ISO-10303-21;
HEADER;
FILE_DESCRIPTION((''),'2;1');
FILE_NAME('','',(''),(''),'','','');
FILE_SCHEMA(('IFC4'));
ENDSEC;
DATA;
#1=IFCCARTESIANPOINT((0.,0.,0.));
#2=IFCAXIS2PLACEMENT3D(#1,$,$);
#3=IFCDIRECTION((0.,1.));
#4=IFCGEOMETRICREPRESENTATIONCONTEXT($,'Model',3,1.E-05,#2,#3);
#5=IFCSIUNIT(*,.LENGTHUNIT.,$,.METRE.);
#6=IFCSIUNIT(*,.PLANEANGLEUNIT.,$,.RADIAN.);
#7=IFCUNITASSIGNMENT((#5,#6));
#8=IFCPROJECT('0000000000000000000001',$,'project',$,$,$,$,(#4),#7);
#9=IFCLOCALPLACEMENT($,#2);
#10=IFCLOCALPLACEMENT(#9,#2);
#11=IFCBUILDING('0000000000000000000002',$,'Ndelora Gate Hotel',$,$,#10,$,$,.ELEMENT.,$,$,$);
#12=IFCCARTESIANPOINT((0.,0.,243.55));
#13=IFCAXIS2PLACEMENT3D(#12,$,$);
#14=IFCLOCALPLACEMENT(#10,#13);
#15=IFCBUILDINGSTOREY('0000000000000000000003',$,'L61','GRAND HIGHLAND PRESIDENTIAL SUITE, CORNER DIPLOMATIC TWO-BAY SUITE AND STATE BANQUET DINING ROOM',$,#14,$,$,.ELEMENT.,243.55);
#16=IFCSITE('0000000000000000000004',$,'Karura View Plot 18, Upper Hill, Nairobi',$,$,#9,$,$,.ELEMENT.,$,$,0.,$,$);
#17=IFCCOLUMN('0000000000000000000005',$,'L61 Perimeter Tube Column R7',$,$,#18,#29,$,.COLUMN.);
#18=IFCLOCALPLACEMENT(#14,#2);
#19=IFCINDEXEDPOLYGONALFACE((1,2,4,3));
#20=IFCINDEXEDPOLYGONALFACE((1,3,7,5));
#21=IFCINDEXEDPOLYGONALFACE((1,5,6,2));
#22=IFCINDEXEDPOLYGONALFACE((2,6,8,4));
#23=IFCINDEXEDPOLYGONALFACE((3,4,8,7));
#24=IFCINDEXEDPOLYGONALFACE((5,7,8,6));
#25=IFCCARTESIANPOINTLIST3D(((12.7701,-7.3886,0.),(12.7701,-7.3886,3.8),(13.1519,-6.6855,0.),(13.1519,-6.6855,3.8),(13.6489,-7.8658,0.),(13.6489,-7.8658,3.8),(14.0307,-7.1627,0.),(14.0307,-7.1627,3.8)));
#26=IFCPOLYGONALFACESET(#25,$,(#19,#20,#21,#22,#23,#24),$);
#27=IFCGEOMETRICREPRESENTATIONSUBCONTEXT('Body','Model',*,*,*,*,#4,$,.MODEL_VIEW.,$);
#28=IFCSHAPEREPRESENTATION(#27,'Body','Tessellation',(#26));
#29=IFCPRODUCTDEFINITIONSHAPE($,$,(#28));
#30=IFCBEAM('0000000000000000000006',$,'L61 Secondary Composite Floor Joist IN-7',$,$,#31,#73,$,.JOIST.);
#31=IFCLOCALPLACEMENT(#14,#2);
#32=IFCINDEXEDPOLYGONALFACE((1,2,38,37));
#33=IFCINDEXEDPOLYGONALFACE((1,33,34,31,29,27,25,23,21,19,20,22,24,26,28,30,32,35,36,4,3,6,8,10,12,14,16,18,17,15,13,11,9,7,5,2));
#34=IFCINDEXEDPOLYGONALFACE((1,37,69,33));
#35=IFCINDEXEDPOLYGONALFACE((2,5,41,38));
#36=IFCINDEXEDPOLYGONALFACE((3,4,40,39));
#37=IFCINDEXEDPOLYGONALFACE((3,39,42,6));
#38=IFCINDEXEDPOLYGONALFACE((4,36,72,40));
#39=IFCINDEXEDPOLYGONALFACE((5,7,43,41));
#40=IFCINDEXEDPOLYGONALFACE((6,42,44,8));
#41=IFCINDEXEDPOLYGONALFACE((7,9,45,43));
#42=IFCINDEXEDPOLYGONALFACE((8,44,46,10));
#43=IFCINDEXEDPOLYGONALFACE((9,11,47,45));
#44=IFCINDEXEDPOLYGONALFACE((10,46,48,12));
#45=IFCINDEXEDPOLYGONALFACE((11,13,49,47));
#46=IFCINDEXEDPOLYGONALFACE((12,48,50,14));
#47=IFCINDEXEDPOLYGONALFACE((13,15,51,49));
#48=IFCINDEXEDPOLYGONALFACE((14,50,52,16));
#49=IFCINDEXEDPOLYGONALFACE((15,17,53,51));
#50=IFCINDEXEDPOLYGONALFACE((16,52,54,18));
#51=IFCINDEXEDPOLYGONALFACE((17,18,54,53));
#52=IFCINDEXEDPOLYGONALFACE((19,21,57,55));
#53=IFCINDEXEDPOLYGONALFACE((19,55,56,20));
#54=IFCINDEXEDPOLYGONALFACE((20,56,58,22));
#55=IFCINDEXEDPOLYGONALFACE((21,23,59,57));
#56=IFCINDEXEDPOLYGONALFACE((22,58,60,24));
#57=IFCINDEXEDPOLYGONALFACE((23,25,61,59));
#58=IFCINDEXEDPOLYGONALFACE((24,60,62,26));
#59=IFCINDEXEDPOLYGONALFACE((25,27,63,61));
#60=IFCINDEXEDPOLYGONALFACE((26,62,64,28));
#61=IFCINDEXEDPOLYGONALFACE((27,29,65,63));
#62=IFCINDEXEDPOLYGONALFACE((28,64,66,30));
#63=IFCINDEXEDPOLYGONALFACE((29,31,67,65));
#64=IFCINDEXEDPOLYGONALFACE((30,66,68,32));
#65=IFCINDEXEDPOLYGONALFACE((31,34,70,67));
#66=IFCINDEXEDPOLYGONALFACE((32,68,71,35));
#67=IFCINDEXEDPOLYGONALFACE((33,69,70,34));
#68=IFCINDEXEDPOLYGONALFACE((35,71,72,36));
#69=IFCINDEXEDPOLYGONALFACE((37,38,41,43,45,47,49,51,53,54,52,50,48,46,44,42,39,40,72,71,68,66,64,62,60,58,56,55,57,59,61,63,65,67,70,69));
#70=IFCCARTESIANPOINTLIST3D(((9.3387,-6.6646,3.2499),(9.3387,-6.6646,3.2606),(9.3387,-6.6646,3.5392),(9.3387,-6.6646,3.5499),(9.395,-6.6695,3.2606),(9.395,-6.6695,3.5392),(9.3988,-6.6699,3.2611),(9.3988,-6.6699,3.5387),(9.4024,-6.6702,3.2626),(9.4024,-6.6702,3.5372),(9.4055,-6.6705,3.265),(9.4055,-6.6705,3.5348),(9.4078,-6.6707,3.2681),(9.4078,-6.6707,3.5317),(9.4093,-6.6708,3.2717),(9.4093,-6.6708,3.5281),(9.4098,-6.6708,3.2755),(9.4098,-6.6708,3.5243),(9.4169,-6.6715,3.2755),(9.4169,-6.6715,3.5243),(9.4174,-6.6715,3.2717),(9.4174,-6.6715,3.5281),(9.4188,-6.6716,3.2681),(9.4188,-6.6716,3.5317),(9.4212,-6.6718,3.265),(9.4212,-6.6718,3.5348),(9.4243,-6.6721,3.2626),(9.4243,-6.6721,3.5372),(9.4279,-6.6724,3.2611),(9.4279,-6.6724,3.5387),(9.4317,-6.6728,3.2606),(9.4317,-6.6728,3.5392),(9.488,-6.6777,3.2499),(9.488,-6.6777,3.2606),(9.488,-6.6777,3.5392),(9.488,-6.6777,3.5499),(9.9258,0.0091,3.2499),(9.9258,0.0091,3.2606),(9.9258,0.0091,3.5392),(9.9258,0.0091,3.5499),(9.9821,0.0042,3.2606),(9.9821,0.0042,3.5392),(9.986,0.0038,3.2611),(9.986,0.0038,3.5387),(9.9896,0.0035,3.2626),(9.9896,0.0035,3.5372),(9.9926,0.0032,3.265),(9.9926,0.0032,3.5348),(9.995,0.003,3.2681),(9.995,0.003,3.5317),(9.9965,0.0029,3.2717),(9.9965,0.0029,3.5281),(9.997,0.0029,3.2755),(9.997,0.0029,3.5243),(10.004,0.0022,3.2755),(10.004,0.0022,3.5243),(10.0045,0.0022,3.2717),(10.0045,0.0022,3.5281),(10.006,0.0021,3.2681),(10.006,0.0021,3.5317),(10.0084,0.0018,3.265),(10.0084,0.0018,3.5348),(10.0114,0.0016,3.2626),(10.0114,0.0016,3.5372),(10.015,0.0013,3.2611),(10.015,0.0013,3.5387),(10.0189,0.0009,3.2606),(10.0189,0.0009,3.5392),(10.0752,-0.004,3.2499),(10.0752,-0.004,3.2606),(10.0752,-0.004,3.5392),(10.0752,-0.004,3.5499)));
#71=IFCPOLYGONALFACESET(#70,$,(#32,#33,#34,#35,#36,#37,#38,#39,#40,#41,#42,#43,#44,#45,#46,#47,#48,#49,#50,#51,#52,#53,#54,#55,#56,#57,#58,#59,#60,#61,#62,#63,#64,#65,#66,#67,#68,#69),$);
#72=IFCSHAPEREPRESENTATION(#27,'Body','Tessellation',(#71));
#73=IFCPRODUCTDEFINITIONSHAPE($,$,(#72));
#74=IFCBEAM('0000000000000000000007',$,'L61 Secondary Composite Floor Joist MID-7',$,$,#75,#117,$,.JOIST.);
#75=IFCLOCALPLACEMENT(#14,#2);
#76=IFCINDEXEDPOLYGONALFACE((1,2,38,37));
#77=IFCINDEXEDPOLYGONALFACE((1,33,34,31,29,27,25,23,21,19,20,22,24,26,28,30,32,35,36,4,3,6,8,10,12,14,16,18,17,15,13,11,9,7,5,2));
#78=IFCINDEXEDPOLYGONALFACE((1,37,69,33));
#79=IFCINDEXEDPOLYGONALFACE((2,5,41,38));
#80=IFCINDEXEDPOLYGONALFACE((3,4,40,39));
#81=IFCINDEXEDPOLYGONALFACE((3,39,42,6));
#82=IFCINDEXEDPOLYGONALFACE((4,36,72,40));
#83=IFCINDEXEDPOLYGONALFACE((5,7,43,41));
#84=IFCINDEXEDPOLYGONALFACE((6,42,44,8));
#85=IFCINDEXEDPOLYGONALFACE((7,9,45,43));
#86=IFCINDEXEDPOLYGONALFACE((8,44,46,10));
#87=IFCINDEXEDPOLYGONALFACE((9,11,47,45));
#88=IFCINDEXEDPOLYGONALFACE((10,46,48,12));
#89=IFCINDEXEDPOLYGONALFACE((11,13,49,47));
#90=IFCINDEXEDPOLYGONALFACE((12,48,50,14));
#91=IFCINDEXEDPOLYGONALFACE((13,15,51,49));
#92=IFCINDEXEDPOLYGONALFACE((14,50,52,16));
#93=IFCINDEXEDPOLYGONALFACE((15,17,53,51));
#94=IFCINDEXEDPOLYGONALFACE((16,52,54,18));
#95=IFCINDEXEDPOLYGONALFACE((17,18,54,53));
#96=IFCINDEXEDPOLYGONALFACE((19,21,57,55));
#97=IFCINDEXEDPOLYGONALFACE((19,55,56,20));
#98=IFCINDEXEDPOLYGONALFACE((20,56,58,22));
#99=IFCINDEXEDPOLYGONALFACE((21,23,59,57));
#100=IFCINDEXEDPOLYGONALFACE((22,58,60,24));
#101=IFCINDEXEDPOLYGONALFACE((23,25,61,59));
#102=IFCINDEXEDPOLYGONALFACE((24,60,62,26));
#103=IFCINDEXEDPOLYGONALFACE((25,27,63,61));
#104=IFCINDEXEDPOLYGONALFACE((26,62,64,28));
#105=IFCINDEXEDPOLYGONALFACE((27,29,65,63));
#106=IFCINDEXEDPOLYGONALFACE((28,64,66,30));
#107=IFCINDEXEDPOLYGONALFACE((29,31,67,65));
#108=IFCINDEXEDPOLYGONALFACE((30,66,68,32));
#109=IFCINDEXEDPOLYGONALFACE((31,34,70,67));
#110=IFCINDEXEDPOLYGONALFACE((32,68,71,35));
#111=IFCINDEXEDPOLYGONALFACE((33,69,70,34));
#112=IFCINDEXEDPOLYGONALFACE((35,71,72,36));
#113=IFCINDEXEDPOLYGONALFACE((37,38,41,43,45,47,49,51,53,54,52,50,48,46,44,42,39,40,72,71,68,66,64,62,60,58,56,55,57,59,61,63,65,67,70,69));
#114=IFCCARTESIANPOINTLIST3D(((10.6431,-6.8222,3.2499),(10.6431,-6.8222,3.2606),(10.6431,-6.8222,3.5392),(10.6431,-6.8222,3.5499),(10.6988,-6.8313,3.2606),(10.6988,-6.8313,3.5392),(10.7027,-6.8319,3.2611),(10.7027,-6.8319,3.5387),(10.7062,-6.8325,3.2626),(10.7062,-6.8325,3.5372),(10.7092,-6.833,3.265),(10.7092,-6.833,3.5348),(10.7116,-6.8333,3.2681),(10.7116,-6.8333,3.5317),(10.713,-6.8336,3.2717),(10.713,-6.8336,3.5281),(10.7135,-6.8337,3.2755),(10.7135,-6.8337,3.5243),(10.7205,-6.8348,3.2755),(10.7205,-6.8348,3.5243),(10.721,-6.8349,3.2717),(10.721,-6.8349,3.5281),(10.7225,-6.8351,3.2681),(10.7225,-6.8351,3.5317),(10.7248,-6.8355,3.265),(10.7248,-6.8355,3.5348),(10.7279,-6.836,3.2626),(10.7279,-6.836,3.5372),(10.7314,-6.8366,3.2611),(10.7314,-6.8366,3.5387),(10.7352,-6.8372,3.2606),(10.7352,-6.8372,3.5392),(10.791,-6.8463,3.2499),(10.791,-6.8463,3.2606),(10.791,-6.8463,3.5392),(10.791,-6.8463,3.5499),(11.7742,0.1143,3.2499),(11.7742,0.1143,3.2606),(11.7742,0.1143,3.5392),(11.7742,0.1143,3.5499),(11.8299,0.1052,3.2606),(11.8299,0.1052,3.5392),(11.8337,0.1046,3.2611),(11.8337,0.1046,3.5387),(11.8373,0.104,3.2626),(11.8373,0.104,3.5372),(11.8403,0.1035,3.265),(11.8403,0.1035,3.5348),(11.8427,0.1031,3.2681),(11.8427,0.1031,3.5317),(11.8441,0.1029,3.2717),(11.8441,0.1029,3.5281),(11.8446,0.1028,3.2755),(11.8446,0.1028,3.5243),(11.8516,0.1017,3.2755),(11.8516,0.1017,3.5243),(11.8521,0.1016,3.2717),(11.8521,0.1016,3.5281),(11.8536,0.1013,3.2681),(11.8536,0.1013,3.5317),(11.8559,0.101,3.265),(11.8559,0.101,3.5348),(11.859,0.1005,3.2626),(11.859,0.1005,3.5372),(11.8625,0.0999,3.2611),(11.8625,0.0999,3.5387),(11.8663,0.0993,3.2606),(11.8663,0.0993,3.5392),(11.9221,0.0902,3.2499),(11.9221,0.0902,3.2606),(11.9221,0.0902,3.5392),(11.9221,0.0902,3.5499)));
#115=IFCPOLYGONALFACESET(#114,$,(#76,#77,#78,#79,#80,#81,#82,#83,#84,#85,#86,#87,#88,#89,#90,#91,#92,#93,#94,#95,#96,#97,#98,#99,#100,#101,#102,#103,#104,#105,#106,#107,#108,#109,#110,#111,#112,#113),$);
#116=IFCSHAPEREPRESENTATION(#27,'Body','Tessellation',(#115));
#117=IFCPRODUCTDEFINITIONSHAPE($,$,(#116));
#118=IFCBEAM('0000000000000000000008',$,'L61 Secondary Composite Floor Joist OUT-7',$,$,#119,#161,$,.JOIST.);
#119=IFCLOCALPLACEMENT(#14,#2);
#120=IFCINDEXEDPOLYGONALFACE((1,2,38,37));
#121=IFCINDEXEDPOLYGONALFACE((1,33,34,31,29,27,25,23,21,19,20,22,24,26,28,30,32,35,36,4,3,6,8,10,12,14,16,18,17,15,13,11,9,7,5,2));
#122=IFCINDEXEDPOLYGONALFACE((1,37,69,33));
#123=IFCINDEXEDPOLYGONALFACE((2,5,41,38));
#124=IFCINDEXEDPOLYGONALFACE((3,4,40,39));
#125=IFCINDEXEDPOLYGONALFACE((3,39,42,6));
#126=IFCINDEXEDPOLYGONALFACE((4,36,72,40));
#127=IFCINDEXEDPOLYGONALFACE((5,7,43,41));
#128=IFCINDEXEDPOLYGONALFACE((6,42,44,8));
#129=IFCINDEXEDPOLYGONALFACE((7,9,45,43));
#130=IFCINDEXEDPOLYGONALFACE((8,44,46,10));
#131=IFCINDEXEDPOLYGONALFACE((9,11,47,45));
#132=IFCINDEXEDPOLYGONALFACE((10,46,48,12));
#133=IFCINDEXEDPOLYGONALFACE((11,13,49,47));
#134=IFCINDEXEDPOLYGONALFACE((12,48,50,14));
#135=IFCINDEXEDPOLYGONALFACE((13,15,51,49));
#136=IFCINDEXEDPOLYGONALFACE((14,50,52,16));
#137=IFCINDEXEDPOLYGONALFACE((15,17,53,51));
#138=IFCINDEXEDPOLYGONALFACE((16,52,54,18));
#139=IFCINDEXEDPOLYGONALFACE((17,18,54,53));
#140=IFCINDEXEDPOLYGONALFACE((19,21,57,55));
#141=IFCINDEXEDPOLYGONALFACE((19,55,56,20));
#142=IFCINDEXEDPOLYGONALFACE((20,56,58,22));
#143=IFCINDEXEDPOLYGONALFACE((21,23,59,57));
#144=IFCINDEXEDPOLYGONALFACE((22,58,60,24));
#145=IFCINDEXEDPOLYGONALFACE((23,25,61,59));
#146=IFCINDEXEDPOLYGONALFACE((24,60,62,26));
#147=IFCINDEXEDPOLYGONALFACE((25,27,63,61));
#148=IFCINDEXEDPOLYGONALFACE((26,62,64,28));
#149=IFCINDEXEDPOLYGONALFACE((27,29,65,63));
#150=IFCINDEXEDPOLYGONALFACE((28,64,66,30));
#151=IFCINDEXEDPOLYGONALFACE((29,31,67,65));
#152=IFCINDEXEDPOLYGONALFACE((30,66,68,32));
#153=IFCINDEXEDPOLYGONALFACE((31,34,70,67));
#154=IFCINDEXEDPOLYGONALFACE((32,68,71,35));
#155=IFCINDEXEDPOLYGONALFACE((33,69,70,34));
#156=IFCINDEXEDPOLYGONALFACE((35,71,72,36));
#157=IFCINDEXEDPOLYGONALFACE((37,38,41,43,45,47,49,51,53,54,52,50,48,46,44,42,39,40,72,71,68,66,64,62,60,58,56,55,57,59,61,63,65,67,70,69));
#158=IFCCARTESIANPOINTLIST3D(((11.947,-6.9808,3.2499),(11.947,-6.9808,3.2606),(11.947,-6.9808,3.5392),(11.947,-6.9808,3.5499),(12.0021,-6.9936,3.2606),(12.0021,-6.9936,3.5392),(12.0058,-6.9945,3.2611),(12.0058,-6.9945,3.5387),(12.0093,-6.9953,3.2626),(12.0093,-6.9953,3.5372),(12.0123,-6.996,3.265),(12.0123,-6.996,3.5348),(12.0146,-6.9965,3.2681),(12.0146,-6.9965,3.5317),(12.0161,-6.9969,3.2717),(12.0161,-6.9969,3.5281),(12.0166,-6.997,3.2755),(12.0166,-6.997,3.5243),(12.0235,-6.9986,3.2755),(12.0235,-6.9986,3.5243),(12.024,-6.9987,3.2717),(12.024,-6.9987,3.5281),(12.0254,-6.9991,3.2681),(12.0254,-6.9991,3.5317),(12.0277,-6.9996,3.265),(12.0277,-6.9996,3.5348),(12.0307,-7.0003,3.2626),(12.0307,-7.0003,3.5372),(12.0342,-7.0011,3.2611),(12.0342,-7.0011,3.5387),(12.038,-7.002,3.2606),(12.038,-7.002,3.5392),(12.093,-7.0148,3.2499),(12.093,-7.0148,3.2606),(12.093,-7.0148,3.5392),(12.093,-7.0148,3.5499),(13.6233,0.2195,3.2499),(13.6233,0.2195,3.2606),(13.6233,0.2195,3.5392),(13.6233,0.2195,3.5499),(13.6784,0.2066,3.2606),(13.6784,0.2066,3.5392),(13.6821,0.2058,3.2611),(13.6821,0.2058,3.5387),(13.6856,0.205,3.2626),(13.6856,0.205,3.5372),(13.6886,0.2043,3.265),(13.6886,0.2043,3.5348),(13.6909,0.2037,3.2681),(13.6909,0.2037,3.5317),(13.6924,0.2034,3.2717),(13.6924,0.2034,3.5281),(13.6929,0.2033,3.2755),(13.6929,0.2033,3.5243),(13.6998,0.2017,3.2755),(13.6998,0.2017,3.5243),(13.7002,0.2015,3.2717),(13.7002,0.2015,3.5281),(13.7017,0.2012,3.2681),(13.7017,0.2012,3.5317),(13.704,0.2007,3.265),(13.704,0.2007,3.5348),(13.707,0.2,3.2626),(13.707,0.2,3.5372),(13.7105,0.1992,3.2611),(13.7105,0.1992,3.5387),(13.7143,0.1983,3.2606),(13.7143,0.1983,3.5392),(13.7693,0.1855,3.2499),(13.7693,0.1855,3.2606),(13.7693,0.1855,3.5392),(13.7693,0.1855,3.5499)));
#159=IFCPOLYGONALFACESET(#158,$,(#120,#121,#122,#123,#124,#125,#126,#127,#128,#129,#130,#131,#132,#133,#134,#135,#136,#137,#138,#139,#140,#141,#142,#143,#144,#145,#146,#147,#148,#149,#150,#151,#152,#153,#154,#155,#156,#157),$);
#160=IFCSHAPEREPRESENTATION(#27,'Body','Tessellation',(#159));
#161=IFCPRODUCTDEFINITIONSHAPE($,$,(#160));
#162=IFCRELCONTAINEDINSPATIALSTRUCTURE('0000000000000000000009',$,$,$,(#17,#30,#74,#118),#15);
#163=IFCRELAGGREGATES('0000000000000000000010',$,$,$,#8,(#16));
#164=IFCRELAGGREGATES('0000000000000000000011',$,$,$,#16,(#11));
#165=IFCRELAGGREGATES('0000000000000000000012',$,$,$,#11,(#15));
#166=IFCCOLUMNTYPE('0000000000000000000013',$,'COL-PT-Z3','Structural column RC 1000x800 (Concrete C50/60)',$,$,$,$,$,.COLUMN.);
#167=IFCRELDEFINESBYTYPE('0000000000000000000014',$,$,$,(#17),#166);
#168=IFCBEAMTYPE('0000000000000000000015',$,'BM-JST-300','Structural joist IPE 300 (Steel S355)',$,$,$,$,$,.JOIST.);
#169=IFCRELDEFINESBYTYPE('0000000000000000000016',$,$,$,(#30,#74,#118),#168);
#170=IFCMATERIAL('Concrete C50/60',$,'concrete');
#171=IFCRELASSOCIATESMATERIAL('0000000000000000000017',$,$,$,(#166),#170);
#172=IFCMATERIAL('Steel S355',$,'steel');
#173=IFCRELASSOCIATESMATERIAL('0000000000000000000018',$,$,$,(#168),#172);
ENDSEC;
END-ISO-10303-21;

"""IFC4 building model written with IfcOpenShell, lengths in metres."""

from ifc_helpers import new_model, si_unit, direction, frame, origin, origin_2d, place, context, subcontext, project, spatial, rectangle, i_section, extrude, material, material_profile, profile_set, type_object, element, save


model = new_model("IFC4")

# Units and contexts
model_context = context("Model", 3, precision=1e-05, world=origin(), true_north=direction((0.0, 1.0)))
body_context = subcontext(model_context, "Body", "Model", "MODEL_VIEW")
ifc_project = project(units=[si_unit("LENGTHUNIT", "METRE"), si_unit("PLANEANGLEUNIT", "RADIAN")], contexts=[model_context])

# Site, building, storey
site_placement = place(None, origin())
site = spatial("IfcSite", under=ifc_project, at=site_placement, Name="Karura View Plot 18, Upper Hill, Nairobi", CompositionType="ELEMENT", RefElevation=0.0)
building_placement = place(site_placement, origin())
building = spatial("IfcBuilding", under=site, at=building_placement, Name="Ndelora Gate Hotel", CompositionType="ELEMENT")
storey_placement = place(building_placement, frame((0.0, 0.0, 243.55)))
storey = spatial("IfcBuildingStorey", under=building, at=storey_placement, Name="L61", Description="GRAND HIGHLAND PRESIDENTIAL SUITE, CORNER DIPLOMATIC TWO-BAY SUITE AND STATE BANQUET DINING ROOM", CompositionType="ELEMENT", Elevation=243.55)

# Column
ifc_material_1 = material(Name="Concrete C50/60", Category="concrete")
ifc_material_profile_1 = material_profile(ifc_material_1, rectangle(XDim=0.8, YDim=1.0, at=origin_2d()), Name="RC 1000x800")
ifc_profile_set_1 = profile_set([ifc_material_profile_1], Name="Concrete C50/60")
column_type = type_object("IfcColumnType", Name="COL-PT-Z3", Description="Structural column RC 1000x800 (Concrete C50/60)", PredefinedType="COLUMN", material=ifc_profile_set_1)
column_placement = place(storey_placement, frame((13.4004, -7.2756, 0.0), z_axis=(0.0, 0.0, 1.0), x_axis=(0.477159, 0.878817, 0.0)))
element("IfcColumn", 1, at=column_placement, inside=storey, type_object=column_type, Name="L61 Perimeter Tube Column R7", PredefinedType="COLUMN", context=body_context, shape_type="SweptSolid", body=[
    extrude(rectangle(XDim=0.8, YDim=1.0, at=origin_2d()), origin(), (0.0, 0.0, 1.0), 3.8),
])

# Beams
ifc_material_2 = material(Name="Steel S355", Category="steel")
ifc_material_profile_2 = material_profile(ifc_material_2, i_section(OverallWidth=0.1499, OverallDepth=0.3, WebThickness=0.0071, FlangeThickness=0.0107, FilletRadius=0.0149, at=origin_2d()), Name="IPE 300")
ifc_profile_set_2 = profile_set([ifc_material_profile_2], Name="Steel S355")
beam_type_1 = type_object("IfcBeamType", Name="BM-JST-300", Description="Structural joist IPE 300 (Steel S355)", PredefinedType="JOIST", material=ifc_profile_set_2)
beam_1_placement = place(storey_placement, frame((9.4133, -6.6711, 3.3999), z_axis=(0.087644, 0.996152, 0.0), x_axis=(-0.996152, 0.087644, 0.0)))
element("IfcBeam", 2, at=beam_1_placement, inside=storey, type_object=beam_type_1, Name="L61 Secondary Composite Floor Joist IN-7", PredefinedType="JOIST", context=body_context, shape_type="SweptSolid", body=[
    extrude(i_section(OverallWidth=0.1499, OverallDepth=0.3, WebThickness=0.0071, FlangeThickness=0.0107, FilletRadius=0.0149, at=origin_2d()), origin(), (0.0, 0.0, 1.0), 6.6995),
])
beam_2_placement = place(storey_placement, frame((10.717, -6.8342, 3.3999), z_axis=(0.160939, 0.986964, 0.0), x_axis=(-0.986964, 0.160939, 0.0)))
element("IfcBeam", 3, at=beam_2_placement, inside=storey, type_object=beam_type_1, Name="L61 Secondary Composite Floor Joist MID-7", PredefinedType="JOIST", context=body_context, shape_type="SweptSolid", body=[
    extrude(i_section(OverallWidth=0.1499, OverallDepth=0.3, WebThickness=0.0071, FlangeThickness=0.0107, FilletRadius=0.0149, at=origin_2d()), origin(), (0.0, 0.0, 1.0), 7.0281),
])
beam_3_placement = place(storey_placement, frame((12.02, -6.9978, 3.3999), z_axis=(0.226745, 0.973954, 0.0), x_axis=(-0.973954, 0.226745, 0.0)))
element("IfcBeam", 4, at=beam_3_placement, inside=storey, type_object=beam_type_1, Name="L61 Secondary Composite Floor Joist OUT-7", PredefinedType="JOIST", context=body_context, shape_type="SweptSolid", body=[
    extrude(i_section(OverallWidth=0.1499, OverallDepth=0.3, WebThickness=0.0071, FlangeThickness=0.0107, FilletRadius=0.0149, at=origin_2d()), origin(), (0.0, 0.0, 1.0), 7.3928),
])

save(model, "model.ifc")
